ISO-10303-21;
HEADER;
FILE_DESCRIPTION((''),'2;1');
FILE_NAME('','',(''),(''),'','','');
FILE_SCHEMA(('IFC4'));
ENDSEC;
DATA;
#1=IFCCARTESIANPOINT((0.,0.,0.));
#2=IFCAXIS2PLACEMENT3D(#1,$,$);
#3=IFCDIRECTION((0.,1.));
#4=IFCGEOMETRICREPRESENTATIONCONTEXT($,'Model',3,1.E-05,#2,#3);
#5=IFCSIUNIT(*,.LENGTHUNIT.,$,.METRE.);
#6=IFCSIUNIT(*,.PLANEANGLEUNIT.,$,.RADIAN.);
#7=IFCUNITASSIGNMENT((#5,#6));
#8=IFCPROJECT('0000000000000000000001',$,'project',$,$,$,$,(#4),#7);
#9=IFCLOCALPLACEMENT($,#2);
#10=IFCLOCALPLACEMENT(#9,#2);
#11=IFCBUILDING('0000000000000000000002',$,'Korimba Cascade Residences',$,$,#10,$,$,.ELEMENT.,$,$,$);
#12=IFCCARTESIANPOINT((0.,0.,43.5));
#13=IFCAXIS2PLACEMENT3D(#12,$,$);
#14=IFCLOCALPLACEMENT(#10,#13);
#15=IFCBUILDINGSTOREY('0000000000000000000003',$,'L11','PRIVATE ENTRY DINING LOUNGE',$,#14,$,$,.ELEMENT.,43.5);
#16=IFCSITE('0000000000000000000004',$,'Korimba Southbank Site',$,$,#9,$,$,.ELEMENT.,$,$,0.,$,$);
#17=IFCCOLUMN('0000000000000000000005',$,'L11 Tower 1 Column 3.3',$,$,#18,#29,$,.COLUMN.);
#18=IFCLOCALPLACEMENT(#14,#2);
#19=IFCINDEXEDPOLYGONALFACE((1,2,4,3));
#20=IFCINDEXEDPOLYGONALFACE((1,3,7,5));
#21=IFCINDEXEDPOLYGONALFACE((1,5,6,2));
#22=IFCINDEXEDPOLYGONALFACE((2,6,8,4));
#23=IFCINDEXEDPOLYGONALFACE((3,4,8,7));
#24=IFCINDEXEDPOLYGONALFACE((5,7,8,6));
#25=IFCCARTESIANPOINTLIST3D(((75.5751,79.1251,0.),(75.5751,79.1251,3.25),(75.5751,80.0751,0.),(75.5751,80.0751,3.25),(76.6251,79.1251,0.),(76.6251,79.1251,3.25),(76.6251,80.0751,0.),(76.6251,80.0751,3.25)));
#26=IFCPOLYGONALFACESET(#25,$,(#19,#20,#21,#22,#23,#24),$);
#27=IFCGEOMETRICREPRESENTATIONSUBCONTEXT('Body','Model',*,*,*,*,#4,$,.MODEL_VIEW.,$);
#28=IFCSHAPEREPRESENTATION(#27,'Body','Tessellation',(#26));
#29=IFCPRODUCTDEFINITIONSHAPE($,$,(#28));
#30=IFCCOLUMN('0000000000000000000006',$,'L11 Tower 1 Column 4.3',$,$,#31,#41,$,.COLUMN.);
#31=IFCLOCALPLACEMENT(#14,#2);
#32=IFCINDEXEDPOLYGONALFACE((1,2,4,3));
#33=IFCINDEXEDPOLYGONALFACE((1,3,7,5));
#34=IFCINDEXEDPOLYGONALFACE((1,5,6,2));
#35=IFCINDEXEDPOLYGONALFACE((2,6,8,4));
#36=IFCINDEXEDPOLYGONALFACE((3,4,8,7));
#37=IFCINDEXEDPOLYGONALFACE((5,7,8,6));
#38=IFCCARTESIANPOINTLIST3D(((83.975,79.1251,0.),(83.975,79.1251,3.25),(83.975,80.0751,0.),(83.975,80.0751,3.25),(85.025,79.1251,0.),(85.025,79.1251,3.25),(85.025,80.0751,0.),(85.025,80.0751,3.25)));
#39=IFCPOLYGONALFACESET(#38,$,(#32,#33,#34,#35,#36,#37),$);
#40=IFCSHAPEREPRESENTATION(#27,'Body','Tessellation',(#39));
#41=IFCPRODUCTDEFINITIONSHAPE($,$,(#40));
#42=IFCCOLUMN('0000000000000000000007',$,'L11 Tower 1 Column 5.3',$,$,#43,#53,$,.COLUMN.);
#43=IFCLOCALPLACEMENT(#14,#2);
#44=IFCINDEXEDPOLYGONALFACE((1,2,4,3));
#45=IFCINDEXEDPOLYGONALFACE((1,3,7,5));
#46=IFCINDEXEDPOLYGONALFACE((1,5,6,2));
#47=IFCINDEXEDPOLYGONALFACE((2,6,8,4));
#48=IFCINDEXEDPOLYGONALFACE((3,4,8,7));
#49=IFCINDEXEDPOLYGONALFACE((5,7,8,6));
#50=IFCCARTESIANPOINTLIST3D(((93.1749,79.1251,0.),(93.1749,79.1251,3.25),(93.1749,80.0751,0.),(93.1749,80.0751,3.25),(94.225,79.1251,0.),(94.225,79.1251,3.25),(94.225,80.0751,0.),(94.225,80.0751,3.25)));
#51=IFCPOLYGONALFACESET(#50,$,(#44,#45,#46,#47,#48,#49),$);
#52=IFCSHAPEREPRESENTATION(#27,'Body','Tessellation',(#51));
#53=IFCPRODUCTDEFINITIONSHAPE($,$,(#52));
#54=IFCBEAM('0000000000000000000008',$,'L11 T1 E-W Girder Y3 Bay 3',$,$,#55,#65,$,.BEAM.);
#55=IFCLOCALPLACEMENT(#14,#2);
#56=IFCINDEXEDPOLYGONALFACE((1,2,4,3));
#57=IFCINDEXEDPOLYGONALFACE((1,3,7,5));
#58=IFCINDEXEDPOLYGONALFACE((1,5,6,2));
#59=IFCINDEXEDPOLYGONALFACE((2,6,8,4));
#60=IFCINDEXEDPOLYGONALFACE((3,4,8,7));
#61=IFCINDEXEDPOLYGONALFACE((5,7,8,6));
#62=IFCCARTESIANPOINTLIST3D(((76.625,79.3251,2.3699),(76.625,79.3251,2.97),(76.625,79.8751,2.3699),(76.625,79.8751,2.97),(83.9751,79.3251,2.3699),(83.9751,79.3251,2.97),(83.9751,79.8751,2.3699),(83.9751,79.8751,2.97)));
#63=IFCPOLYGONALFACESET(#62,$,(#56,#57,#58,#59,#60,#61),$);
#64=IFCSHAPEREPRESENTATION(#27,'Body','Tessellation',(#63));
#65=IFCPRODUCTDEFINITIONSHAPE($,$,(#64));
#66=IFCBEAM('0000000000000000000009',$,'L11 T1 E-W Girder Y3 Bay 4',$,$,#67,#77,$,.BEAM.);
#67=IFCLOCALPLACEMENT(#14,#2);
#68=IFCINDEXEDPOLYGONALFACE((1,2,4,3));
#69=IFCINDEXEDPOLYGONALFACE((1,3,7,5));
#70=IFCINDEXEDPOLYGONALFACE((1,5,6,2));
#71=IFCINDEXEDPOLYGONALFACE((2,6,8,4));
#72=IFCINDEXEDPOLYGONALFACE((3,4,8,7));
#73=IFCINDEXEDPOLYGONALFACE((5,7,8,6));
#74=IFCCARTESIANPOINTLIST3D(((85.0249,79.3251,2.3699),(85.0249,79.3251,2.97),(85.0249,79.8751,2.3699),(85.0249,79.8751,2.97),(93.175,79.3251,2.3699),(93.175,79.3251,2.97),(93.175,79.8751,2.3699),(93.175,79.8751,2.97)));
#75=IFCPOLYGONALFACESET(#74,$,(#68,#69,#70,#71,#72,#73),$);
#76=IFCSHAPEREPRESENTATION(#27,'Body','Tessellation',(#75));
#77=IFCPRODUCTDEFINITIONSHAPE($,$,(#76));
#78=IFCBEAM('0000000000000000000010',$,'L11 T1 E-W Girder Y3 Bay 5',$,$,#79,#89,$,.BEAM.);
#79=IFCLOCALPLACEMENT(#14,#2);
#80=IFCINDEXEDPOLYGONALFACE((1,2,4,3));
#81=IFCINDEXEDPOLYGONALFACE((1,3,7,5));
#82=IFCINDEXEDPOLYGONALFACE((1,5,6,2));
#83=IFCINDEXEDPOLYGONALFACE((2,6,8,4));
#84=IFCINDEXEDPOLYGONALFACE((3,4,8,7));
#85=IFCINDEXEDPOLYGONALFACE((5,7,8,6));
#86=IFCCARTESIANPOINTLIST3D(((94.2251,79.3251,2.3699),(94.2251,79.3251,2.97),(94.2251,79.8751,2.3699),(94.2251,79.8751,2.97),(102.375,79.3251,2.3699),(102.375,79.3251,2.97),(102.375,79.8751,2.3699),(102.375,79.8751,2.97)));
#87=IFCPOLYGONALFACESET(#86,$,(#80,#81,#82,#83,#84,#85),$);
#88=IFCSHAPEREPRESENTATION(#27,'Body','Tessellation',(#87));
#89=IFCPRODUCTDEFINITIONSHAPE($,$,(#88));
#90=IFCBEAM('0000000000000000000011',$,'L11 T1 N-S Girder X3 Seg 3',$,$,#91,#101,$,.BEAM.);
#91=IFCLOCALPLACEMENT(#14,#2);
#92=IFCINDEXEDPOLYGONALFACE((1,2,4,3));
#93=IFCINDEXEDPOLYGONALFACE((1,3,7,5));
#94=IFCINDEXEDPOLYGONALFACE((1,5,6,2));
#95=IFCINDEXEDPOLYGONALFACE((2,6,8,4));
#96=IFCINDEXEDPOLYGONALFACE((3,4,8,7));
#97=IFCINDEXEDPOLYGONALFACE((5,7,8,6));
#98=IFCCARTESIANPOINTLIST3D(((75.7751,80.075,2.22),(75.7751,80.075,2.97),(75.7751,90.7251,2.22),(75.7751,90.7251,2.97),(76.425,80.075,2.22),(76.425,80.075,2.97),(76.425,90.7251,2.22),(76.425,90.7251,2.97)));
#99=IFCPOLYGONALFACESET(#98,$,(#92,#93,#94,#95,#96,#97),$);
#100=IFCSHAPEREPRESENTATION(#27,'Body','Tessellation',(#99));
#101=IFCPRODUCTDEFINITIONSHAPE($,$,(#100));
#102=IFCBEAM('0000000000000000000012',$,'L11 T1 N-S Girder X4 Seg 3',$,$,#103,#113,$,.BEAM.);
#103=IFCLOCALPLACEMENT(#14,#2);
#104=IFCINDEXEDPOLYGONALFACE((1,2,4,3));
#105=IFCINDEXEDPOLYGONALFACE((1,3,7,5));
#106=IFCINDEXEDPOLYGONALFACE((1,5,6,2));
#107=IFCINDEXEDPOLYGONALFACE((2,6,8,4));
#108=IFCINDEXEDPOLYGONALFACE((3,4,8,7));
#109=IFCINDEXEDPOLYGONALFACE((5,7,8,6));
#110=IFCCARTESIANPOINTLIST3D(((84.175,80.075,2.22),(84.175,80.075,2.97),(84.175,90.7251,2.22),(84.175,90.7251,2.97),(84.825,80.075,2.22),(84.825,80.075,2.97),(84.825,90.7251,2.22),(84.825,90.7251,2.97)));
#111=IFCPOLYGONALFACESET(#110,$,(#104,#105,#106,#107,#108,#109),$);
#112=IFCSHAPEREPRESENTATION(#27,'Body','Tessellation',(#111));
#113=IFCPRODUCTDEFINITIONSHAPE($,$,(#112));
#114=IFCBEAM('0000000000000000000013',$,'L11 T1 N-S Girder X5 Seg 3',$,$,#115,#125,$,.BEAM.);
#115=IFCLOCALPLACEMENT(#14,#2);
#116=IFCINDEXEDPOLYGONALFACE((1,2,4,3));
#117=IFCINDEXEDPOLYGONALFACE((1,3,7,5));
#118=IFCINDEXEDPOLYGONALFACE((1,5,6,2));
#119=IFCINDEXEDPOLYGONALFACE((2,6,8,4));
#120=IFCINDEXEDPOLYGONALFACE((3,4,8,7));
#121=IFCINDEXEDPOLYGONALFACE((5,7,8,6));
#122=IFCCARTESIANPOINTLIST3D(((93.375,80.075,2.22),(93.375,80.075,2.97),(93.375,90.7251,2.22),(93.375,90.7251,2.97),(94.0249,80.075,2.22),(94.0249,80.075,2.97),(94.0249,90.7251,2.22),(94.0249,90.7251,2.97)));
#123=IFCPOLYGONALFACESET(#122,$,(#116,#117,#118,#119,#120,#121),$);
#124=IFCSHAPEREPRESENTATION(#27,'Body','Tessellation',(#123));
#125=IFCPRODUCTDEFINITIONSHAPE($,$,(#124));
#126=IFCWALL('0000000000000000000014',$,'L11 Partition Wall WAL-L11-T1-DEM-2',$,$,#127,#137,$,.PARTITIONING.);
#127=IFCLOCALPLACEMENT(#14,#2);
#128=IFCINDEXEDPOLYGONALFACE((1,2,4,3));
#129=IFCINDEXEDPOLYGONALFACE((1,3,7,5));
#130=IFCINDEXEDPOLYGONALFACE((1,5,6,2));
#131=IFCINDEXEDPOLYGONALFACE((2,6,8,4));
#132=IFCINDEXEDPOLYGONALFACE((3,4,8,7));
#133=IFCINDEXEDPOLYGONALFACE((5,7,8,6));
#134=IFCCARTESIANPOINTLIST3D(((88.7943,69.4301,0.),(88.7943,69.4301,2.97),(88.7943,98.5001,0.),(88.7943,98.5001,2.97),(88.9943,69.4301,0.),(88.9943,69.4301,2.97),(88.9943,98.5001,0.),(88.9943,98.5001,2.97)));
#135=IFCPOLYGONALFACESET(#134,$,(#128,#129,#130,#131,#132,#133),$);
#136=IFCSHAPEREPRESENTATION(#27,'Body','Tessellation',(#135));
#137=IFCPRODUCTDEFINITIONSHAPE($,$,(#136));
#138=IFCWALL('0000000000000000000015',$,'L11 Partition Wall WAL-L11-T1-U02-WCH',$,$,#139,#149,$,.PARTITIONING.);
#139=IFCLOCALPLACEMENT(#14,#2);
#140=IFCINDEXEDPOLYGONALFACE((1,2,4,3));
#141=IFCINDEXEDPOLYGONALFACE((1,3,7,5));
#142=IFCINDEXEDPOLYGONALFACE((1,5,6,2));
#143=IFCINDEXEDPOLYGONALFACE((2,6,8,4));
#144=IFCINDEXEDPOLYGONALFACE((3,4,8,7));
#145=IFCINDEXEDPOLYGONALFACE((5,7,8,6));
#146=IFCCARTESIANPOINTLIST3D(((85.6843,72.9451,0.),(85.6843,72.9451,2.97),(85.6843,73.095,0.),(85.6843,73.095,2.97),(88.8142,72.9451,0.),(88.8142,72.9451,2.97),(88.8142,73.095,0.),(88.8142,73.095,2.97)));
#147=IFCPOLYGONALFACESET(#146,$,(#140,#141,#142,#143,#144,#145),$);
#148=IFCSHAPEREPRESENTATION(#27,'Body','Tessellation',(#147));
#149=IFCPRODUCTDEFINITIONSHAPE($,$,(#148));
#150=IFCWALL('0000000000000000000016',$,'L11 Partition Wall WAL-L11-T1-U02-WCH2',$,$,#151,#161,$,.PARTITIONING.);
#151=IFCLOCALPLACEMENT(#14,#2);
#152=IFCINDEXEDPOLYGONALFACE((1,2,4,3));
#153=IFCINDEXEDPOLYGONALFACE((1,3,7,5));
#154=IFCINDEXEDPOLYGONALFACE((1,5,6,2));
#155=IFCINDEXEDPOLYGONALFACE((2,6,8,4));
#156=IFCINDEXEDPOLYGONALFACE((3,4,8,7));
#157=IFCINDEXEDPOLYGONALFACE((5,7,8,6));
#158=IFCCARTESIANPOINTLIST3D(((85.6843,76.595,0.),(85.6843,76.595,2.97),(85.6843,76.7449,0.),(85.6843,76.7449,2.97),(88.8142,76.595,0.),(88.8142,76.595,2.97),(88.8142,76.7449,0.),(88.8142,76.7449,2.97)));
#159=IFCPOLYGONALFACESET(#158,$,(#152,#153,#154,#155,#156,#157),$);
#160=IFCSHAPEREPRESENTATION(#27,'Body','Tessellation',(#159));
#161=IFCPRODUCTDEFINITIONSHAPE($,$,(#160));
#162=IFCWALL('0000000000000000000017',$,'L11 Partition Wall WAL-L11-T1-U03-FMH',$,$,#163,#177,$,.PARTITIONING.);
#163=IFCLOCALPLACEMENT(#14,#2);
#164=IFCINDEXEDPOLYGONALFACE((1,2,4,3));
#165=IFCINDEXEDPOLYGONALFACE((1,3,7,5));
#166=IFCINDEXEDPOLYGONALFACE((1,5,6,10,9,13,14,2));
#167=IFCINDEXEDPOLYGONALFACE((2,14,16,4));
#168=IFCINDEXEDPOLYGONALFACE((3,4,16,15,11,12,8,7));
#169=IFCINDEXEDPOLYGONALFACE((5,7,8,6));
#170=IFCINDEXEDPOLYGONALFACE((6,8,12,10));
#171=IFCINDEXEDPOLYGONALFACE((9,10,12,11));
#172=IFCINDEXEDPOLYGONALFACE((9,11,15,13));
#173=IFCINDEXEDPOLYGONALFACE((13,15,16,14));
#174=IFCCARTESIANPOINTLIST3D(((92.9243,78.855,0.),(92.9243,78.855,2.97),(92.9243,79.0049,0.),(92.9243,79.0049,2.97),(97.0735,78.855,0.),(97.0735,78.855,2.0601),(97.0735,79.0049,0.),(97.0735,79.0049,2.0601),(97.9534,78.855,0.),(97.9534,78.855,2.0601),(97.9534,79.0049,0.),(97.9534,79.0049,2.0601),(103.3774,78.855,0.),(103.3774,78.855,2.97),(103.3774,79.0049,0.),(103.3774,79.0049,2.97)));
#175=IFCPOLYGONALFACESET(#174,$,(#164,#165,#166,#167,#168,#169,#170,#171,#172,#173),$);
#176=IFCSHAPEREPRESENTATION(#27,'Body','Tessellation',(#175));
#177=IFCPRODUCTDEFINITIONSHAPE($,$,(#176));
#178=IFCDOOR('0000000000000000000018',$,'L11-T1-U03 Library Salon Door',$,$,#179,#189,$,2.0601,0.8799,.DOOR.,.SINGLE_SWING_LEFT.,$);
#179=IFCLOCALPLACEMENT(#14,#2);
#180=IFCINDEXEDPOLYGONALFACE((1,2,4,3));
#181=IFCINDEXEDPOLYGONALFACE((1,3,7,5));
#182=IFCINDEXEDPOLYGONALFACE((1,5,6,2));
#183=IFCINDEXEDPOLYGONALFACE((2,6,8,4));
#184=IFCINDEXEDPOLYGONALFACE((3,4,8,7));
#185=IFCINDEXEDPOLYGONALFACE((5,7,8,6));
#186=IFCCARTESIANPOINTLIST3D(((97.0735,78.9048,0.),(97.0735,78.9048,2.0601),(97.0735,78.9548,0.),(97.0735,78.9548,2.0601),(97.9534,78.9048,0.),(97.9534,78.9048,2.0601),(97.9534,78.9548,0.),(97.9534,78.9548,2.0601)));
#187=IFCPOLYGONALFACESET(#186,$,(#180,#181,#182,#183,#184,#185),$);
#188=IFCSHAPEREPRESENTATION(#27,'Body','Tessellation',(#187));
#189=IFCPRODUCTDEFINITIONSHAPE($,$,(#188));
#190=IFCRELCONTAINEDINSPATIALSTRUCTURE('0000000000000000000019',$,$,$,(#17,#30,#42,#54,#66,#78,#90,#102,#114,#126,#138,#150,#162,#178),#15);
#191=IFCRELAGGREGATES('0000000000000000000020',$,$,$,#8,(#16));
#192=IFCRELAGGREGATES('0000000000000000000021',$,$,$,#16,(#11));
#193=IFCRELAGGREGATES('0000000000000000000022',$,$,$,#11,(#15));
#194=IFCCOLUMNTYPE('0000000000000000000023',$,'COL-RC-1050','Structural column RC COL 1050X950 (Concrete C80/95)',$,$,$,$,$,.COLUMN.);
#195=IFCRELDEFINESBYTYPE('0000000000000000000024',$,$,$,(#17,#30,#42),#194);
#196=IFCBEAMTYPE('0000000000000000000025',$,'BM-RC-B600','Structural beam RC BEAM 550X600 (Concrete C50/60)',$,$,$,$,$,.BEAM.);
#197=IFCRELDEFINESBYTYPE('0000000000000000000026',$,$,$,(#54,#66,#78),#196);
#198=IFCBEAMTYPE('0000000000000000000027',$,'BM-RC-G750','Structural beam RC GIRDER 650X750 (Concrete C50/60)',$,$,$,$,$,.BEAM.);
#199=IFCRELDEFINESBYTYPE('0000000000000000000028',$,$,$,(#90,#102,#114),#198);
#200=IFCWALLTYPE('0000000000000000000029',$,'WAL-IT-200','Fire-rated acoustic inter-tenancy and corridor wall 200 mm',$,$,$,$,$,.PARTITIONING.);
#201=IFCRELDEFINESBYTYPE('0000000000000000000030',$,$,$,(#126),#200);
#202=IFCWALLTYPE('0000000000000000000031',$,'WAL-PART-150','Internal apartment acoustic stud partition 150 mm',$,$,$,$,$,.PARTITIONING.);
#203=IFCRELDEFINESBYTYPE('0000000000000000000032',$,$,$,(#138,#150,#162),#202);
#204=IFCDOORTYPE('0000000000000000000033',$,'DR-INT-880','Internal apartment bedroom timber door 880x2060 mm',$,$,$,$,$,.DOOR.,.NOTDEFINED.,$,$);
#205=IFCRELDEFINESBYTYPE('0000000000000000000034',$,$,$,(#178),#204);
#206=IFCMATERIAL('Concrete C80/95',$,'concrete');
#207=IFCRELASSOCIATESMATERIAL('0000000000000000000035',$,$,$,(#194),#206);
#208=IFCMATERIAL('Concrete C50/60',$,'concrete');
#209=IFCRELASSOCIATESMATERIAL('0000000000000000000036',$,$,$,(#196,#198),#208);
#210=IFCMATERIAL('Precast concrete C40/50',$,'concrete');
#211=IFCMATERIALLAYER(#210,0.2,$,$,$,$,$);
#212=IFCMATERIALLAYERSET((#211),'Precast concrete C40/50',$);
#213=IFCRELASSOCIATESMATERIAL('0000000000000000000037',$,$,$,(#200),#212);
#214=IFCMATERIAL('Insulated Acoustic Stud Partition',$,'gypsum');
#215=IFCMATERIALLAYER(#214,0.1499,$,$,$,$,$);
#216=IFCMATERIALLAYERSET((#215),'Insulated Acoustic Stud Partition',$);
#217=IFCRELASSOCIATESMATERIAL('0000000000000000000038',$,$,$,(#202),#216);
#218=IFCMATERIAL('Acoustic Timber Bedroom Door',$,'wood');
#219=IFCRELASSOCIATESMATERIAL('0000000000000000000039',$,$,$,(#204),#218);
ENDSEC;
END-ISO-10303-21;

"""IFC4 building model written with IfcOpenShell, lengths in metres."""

from ifc_helpers import new_model, si_unit, direction, frame, frame_2d, origin, origin_2d, place, context, subcontext, project, spatial, rectangle, extrude, material, layer, layer_set, material_profile, profile_set, type_object, element, fill, save


model = new_model("IFC4")

# Units and contexts
model_context = context("Model", 3, precision=1e-05, world=origin(), true_north=direction((0.0, 1.0)))
body_context = subcontext(model_context, "Body", "Model", "MODEL_VIEW")
ifc_project = project(units=[si_unit("LENGTHUNIT", "METRE"), si_unit("PLANEANGLEUNIT", "RADIAN")], contexts=[model_context])

# Site, building, storey
site_placement = place(None, origin())
site = spatial("IfcSite", under=ifc_project, at=site_placement, Name="Korimba Southbank Site", CompositionType="ELEMENT", RefElevation=0.0)
building_placement = place(site_placement, origin())
building = spatial("IfcBuilding", under=site, at=building_placement, Name="Korimba Cascade Residences", CompositionType="ELEMENT")
storey_placement = place(building_placement, frame((0.0, 0.0, 43.5)))
storey = spatial("IfcBuildingStorey", under=building, at=storey_placement, Name="L11", Description="PRIVATE ENTRY DINING LOUNGE", CompositionType="ELEMENT", Elevation=43.5)

# Columns
ifc_material_1 = material(Name="Concrete C80/95", Category="concrete")
ifc_material_profile_1 = material_profile(ifc_material_1, rectangle(XDim=1.05, YDim=0.95, at=origin_2d()), Name="Concrete C80/95")
ifc_profile_set_1 = profile_set([ifc_material_profile_1], Name="Concrete C80/95")
column_type = type_object("IfcColumnType", Name="COL-RC-1050", Description="Structural column RC COL 1050X950 (Concrete C80/95)", PredefinedType="COLUMN", material=ifc_profile_set_1)
for number, where, z_axis, x_axis, name in (
    (1, (76.1001, 79.6001, 0.0), (0.0, 0.0, 1.0), (1.0, 0.0, 0.0), "L11 Tower 1 Column 3.3"),
    (2, (84.5, 79.6001, 0.0), (0.0, 0.0, 1.0), (1.0, 0.0, 0.0), "L11 Tower 1 Column 4.3"),
    (3, (93.7, 79.6001, 0.0), (0.0, 0.0, 1.0), (1.0, 0.0, 0.0), "L11 Tower 1 Column 5.3"),
):
    element("IfcColumn", number, at=place(storey_placement, frame(where, z_axis=z_axis, x_axis=x_axis)), inside=storey, type_object=column_type, Name=name, PredefinedType="COLUMN", context=body_context, shape_type="SweptSolid", body=[
        extrude(rectangle(XDim=1.05, YDim=0.95, at=origin_2d()), origin(), (0.0, 0.0, 1.0), 3.25),
    ])

# Beams
ifc_material_2 = material(Name="Concrete C50/60", Category="concrete")
ifc_material_profile_2 = material_profile(ifc_material_2, rectangle(XDim=0.55, YDim=0.6001, at=origin_2d()), Name="Concrete C50/60")
ifc_profile_set_2 = profile_set([ifc_material_profile_2], Name="Concrete C50/60")
beam_type_1 = type_object("IfcBeamType", Name="BM-RC-B600", Description="Structural beam RC BEAM 550X600 (Concrete C50/60)", PredefinedType="BEAM", material=ifc_profile_set_2)
beam_1_placement = place(storey_placement, frame((76.625, 79.6001, 2.6699), z_axis=(1.0, 0.0, 0.0), x_axis=(0.0, 1.0, 0.0)))
element("IfcBeam", 4, at=beam_1_placement, inside=storey, type_object=beam_type_1, Name="L11 T1 E-W Girder Y3 Bay 3", PredefinedType="BEAM", context=body_context, shape_type="SweptSolid", body=[
    extrude(rectangle(XDim=0.55, YDim=0.6001, at=origin_2d()), origin(), (0.0, 0.0, 1.0), 7.3501),
])
beam_2_placement = place(storey_placement, frame((85.0249, 79.6001, 2.6699), z_axis=(1.0, 0.0, 0.0), x_axis=(0.0, 1.0, 0.0)))
element("IfcBeam", 5, at=beam_2_placement, inside=storey, type_object=beam_type_1, Name="L11 T1 E-W Girder Y3 Bay 4", PredefinedType="BEAM", context=body_context, shape_type="SweptSolid", body=[
    extrude(rectangle(XDim=0.55, YDim=0.6001, at=origin_2d()), origin(), (0.0, 0.0, 1.0), 8.1501),
])
beam_3_placement = place(storey_placement, frame((94.2251, 79.6001, 2.6699), z_axis=(1.0, 0.0, 0.0), x_axis=(0.0, 1.0, 0.0)))
element("IfcBeam", 6, at=beam_3_placement, inside=storey, type_object=beam_type_1, Name="L11 T1 E-W Girder Y3 Bay 5", PredefinedType="BEAM", context=body_context, shape_type="SweptSolid", body=[
    extrude(rectangle(XDim=0.55, YDim=0.6001, at=origin_2d()), origin(), (0.0, 0.0, 1.0), 8.1499),
])
ifc_material_profile_3 = material_profile(ifc_material_2, rectangle(XDim=0.6499, YDim=0.75, at=origin_2d()), Name="Concrete C50/60")
ifc_profile_set_3 = profile_set([ifc_material_profile_3], Name="Concrete C50/60")
beam_type_2 = type_object("IfcBeamType", Name="BM-RC-G750", Description="Structural beam RC GIRDER 650X750 (Concrete C50/60)", PredefinedType="BEAM", material=ifc_profile_set_3)
for number, where, z_axis, x_axis, name in (
    (7, (76.1001, 80.075, 2.595), (0.0, 1.0, 0.0), (-1.0, 0.0, 0.0), "L11 T1 N-S Girder X3 Seg 3"),
    (8, (84.5, 80.075, 2.595), (0.0, 1.0, 0.0), (-1.0, 0.0, 0.0), "L11 T1 N-S Girder X4 Seg 3"),
    (9, (93.7, 80.075, 2.595), (0.0, 1.0, 0.0), (-1.0, 0.0, 0.0), "L11 T1 N-S Girder X5 Seg 3"),
):
    element("IfcBeam", number, at=place(storey_placement, frame(where, z_axis=z_axis, x_axis=x_axis)), inside=storey, type_object=beam_type_2, Name=name, PredefinedType="BEAM", context=body_context, shape_type="SweptSolid", body=[
        extrude(rectangle(XDim=0.6499, YDim=0.75, at=origin_2d()), origin(), (0.0, 0.0, 1.0), 10.6501),
    ])

# Walls
ifc_material_3 = material(Name="Precast concrete C40/50", Category="concrete")
ifc_layer_1 = layer(ifc_material_3, 0.2)
ifc_layer_set_1 = layer_set([ifc_layer_1], Name="Precast concrete C40/50")
wall_type_1 = type_object("IfcWallType", Name="WAL-IT-200", Description="Fire-rated acoustic inter-tenancy and corridor wall 200 mm", PredefinedType="PARTITIONING", material=ifc_layer_set_1)
wall_1_placement = place(storey_placement, frame((88.8943, 69.4299, 0.0), z_axis=(0.0, 0.0, 1.0), x_axis=(0.0, 1.0, 0.0)))
element("IfcWall", 10, at=wall_1_placement, inside=storey, type_object=wall_type_1, Name="L11 Partition Wall WAL-L11-T1-DEM-2", PredefinedType="PARTITIONING", context=body_context, shape_type="SweptSolid", body=[
    extrude(rectangle(XDim=29.0701, YDim=0.2, at=frame_2d((14.5352, 0.0))), origin(), (0.0, 0.0, 1.0), 2.97),
])
ifc_material_4 = material(Name="Insulated Acoustic Stud Partition", Category="gypsum")
ifc_layer_2 = layer(ifc_material_4, 0.1499)
ifc_layer_set_2 = layer_set([ifc_layer_2], Name="Insulated Acoustic Stud Partition")
wall_type_2 = type_object("IfcWallType", Name="WAL-PART-150", Description="Internal apartment acoustic stud partition 150 mm", PredefinedType="PARTITIONING", material=ifc_layer_set_2)
for number, where, z_axis, x_axis, name in (
    (11, (85.6843, 73.02, 0.0), (0.0, 0.0, 1.0), (1.0, 0.0, 0.0), "L11 Partition Wall WAL-L11-T1-U02-WCH"),
    (12, (85.6843, 76.6699, 0.0), (0.0, 0.0, 1.0), (1.0, 0.0, 0.0), "L11 Partition Wall WAL-L11-T1-U02-WCH2"),
):
    element("IfcWall", number, at=place(storey_placement, frame(where, z_axis=z_axis, x_axis=x_axis)), inside=storey, type_object=wall_type_2, Name=name, PredefinedType="PARTITIONING", context=body_context, shape_type="SweptSolid", body=[
        extrude(rectangle(XDim=3.1299, YDim=0.1499, at=frame_2d((1.5649, 0.0))), origin(), (0.0, 0.0, 1.0), 2.97),
    ])

# Wall, opening, door
wall_2_placement = place(storey_placement, frame((92.9243, 78.9299, 0.0), z_axis=(0.0, 0.0, 1.0), x_axis=(1.0, 0.0, 0.0)))
wall_2 = element("IfcWall", 13, at=wall_2_placement, inside=storey, type_object=wall_type_2, Name="L11 Partition Wall WAL-L11-T1-U03-FMH", PredefinedType="PARTITIONING", context=body_context, shape_type="SweptSolid", body=[
    extrude(rectangle(XDim=10.4531, YDim=0.1499, at=frame_2d((5.2266, 0.0))), origin(), (0.0, 0.0, 1.0), 2.97),
])
opening_1_placement = place(wall_2_placement, frame((4.1492, 0.0, 0.0)))
opening_1 = element("IfcOpeningElement", 14, at=opening_1_placement, cuts=wall_2, PredefinedType="OPENING", context=body_context, shape_type="SweptSolid", body=[
    extrude(rectangle(XDim=0.8799, YDim=2.0601, at=frame_2d((0.4399, 1.03))), frame((0.0, 0.085, 0.0), z_axis=(0.0, -1.0, 0.0), x_axis=(1.0, 0.0, 0.0)), (0.0, 0.0, 1.0), 0.1699),
])
ifc_material_5 = material(Name="Acoustic Timber Bedroom Door", Category="wood")
door_type_1 = type_object("IfcDoorType", Name="DR-INT-880", Description="Internal apartment bedroom timber door 880x2060 mm", OperationType="NOTDEFINED", PredefinedType="DOOR", material=ifc_material_5)
door_1_placement = place(opening_1_placement, origin())
door_1 = element("IfcDoor", 15, at=door_1_placement, inside=storey, type_object=door_type_1, Name="L11-T1-U03 Library Salon Door", OperationType="SINGLE_SWING_LEFT", OverallHeight=2.0601, OverallWidth=0.8799, PredefinedType="DOOR", context=body_context, shape_type="SweptSolid", body=[
    extrude(rectangle(XDim=0.8799, YDim=2.0601, at=frame_2d((0.4399, 1.03))), frame((0.0, 0.0249, 0.0), z_axis=(0.0, -1.0, 0.0), x_axis=(1.0, 0.0, 0.0)), (0.0, 0.0, 1.0), 0.05),
])
fill(opening_1, door_1)

save(model, "model.ifc")
